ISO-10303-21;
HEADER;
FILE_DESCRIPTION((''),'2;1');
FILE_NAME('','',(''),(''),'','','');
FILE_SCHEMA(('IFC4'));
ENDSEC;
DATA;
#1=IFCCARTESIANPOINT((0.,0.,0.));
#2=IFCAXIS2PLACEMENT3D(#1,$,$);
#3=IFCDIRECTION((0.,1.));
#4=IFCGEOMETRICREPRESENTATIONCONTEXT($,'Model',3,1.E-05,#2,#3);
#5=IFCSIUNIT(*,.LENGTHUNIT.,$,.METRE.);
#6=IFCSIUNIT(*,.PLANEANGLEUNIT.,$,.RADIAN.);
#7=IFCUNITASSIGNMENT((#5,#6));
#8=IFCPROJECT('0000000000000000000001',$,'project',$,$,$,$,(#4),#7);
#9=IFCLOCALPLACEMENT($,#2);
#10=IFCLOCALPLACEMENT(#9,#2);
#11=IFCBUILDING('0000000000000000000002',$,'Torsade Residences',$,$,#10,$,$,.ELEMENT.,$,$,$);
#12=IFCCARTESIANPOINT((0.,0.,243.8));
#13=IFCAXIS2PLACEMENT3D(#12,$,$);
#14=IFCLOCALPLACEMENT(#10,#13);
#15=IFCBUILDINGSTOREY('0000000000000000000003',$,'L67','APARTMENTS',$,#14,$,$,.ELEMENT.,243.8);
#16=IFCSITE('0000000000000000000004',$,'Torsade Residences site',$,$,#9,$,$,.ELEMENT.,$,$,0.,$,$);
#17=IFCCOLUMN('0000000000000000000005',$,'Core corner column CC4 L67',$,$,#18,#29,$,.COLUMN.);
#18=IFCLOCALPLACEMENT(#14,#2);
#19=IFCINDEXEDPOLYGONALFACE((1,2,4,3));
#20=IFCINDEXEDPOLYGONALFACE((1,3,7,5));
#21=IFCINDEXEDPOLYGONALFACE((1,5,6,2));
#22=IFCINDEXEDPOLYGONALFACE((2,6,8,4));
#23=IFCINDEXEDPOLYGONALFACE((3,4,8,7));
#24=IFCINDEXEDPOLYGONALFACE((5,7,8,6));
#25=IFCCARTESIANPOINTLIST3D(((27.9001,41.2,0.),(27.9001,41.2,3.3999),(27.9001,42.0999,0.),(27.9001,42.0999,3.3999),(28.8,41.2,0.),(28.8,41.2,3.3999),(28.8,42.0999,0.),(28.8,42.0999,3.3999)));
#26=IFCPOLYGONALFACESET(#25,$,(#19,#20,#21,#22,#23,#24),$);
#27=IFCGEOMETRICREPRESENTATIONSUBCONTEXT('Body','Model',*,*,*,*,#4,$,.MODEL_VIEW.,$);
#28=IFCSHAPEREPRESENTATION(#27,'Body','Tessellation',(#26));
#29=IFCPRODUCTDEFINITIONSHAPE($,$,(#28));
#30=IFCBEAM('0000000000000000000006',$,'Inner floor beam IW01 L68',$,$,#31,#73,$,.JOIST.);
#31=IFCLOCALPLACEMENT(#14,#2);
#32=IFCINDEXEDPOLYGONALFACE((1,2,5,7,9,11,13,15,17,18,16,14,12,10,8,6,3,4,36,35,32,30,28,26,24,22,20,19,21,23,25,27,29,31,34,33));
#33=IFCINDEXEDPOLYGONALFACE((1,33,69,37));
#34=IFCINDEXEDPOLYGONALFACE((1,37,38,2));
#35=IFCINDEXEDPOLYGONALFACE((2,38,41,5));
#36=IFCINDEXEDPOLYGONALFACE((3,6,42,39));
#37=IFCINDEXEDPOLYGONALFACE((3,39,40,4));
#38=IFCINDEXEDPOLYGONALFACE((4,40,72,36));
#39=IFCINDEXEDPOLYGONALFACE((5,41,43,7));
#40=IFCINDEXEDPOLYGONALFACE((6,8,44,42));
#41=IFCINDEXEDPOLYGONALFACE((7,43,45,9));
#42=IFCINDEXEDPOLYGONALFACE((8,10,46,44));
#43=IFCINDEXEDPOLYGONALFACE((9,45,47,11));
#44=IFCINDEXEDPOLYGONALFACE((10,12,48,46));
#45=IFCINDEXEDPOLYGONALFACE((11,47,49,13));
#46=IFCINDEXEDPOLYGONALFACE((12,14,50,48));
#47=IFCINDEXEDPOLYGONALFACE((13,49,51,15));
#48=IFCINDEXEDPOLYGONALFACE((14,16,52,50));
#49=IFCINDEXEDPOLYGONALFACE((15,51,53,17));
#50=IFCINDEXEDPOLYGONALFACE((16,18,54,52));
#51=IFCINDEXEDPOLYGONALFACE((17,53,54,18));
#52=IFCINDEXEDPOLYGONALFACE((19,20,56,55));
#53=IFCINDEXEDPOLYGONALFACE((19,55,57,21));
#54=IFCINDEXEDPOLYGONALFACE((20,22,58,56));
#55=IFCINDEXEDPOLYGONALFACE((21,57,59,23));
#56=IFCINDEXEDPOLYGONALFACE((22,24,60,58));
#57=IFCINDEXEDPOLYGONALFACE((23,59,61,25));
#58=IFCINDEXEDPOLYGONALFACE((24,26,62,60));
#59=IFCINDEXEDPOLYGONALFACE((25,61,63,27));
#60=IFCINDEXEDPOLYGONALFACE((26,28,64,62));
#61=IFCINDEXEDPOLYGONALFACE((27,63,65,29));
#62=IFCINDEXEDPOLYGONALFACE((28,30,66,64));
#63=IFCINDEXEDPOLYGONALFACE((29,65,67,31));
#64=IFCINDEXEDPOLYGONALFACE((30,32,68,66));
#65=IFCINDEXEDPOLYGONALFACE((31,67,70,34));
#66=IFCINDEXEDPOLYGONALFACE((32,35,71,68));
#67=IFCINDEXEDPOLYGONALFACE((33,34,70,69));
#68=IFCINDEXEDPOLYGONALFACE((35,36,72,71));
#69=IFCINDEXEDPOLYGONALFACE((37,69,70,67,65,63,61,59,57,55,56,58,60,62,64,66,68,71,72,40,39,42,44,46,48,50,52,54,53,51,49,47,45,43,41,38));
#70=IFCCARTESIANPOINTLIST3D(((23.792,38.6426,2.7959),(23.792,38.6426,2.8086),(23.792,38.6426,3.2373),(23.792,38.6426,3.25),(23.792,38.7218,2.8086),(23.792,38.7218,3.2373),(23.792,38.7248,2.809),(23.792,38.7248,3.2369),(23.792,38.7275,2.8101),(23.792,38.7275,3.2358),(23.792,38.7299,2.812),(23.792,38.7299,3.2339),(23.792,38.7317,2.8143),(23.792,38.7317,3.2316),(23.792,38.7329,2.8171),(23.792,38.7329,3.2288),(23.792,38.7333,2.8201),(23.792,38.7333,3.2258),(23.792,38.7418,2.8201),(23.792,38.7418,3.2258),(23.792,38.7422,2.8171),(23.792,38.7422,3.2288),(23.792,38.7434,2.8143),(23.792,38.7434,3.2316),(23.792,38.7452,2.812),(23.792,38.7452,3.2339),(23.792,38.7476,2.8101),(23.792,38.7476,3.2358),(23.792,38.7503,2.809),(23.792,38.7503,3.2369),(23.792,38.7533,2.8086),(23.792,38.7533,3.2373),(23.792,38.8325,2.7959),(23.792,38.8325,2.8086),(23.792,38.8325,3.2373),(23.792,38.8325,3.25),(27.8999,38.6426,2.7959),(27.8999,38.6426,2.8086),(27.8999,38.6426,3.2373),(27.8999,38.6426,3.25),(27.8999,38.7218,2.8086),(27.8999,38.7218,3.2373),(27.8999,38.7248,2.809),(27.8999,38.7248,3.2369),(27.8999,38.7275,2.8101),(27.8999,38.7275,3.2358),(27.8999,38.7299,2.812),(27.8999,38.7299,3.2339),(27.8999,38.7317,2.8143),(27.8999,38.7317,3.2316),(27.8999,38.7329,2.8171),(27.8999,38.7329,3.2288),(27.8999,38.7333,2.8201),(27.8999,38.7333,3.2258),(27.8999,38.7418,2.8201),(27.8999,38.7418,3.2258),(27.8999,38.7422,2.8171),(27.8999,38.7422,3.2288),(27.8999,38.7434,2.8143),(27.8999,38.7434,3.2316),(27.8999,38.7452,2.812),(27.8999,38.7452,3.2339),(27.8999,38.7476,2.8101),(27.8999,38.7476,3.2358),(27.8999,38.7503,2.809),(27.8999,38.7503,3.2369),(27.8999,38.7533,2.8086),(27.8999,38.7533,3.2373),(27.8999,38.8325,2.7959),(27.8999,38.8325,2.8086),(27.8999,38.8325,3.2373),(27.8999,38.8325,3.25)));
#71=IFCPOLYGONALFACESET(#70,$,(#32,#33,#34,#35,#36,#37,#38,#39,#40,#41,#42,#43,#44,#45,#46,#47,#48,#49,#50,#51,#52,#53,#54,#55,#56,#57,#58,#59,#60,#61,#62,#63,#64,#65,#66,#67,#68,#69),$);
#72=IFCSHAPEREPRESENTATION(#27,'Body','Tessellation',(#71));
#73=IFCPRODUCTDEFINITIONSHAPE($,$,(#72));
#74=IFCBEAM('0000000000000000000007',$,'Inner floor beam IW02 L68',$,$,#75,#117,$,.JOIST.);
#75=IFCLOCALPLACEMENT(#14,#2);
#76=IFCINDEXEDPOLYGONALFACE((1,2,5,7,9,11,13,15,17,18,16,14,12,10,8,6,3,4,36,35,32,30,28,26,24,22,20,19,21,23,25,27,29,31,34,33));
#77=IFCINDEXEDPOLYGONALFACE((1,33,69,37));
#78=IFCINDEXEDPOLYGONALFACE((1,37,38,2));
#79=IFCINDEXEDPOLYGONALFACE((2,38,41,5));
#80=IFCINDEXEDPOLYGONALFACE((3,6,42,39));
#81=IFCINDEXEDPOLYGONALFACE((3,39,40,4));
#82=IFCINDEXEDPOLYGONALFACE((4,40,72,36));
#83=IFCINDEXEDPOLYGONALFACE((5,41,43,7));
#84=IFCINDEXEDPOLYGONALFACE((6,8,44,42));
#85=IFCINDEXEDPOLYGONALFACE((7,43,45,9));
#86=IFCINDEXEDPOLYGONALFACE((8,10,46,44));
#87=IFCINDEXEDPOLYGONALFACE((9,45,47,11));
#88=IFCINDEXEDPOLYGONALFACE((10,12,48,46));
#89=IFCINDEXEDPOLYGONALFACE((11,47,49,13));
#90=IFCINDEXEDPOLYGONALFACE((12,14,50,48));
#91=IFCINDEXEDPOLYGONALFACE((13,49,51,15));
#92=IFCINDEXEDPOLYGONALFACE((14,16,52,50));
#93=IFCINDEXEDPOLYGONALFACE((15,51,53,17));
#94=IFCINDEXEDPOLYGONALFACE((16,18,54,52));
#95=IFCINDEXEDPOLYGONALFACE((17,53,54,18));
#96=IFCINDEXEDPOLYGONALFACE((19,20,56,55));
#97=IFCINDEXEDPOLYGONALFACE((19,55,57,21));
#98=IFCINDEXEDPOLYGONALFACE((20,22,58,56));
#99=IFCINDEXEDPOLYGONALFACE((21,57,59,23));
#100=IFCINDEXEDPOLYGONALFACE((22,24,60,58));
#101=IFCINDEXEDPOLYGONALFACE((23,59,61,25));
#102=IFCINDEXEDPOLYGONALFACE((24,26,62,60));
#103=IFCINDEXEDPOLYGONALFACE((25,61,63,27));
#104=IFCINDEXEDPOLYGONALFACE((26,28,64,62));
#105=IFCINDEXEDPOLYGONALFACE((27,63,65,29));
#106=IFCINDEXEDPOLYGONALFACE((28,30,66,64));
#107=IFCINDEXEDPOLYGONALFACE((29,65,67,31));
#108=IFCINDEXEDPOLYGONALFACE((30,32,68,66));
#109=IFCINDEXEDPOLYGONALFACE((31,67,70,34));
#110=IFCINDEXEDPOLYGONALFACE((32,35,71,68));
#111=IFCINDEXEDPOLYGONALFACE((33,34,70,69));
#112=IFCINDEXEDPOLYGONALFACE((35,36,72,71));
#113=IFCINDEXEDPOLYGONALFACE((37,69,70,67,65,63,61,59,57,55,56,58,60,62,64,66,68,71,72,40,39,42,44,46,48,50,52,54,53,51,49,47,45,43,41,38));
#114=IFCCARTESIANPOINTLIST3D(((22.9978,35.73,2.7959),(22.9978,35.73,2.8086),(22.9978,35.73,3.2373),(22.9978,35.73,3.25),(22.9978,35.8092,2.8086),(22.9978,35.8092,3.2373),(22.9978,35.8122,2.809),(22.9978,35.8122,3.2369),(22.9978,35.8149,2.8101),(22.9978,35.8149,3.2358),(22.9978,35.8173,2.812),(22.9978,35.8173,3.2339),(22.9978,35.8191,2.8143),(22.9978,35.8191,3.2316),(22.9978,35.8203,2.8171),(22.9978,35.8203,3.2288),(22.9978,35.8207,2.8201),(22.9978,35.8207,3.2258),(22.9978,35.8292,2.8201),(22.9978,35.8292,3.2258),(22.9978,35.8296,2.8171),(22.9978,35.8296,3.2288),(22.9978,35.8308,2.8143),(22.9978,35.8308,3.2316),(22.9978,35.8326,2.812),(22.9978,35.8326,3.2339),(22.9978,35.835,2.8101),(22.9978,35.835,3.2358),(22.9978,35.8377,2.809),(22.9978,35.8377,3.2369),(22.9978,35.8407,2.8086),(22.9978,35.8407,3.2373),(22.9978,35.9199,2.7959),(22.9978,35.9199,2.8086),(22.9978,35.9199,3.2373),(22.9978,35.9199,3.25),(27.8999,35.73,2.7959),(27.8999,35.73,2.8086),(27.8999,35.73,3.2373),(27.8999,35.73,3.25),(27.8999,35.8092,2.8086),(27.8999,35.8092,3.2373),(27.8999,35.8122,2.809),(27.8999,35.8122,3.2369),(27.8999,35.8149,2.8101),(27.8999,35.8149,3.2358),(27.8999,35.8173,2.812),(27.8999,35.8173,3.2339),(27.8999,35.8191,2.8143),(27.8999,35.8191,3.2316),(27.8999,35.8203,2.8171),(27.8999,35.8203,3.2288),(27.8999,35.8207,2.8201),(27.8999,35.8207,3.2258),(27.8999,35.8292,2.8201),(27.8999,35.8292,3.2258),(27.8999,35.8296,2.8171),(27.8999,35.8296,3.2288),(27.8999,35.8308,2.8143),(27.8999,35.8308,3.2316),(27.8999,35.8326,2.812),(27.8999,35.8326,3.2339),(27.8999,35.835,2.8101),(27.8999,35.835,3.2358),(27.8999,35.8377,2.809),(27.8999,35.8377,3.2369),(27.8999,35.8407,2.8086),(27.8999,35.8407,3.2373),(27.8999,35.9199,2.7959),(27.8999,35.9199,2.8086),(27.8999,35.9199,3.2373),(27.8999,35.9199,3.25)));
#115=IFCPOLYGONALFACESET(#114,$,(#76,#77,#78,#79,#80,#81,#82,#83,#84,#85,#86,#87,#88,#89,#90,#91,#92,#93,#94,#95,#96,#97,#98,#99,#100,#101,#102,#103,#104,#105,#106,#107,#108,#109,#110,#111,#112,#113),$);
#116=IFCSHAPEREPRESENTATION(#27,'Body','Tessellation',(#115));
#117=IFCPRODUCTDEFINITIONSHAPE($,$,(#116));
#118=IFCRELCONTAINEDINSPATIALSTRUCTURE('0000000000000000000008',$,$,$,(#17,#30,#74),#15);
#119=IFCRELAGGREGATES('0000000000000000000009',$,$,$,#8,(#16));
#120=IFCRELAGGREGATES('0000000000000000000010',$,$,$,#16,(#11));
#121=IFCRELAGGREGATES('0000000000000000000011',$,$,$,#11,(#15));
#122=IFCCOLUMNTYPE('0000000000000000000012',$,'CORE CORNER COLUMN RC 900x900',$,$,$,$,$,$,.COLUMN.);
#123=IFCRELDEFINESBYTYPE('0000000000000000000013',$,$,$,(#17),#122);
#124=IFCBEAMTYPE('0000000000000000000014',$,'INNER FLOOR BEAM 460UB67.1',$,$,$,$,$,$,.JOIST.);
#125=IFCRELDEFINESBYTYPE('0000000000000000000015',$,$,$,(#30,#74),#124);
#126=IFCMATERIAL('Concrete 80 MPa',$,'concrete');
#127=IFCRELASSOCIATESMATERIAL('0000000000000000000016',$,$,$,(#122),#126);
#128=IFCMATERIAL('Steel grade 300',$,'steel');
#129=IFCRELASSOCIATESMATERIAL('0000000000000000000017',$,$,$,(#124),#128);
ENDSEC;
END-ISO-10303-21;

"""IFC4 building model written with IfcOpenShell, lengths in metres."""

from ifc_helpers import new_model, si_unit, direction, frame, origin, origin_2d, place, context, subcontext, project, spatial, rectangle, i_section, extrude, material, material_profile, profile_set, type_object, element, save


model = new_model("IFC4")

# Units and contexts
model_context = context("Model", 3, precision=1e-05, world=origin(), true_north=direction((0.0, 1.0)))
body_context = subcontext(model_context, "Body", "Model", "MODEL_VIEW")
ifc_project = project(units=[si_unit("LENGTHUNIT", "METRE"), si_unit("PLANEANGLEUNIT", "RADIAN")], contexts=[model_context])

# Site, building, storey
site_placement = place(None, origin())
site = spatial("IfcSite", under=ifc_project, at=site_placement, Name="Torsade Residences site", CompositionType="ELEMENT", RefElevation=0.0)
building_placement = place(site_placement, origin())
building = spatial("IfcBuilding", under=site, at=building_placement, Name="Torsade Residences", CompositionType="ELEMENT")
storey_placement = place(building_placement, frame((0.0, 0.0, 243.8)))
storey = spatial("IfcBuildingStorey", under=building, at=storey_placement, Name="L67", Description="APARTMENTS", CompositionType="ELEMENT", Elevation=243.8)

# Column
ifc_material_1 = material(Name="Concrete 80 MPa", Category="concrete")
ifc_material_profile_1 = material_profile(ifc_material_1, rectangle(XDim=0.8999, YDim=0.8999, at=origin_2d()), Name="RC 900x900")
ifc_profile_set_1 = profile_set([ifc_material_profile_1], Name="Concrete 80 MPa")
column_type = type_object("IfcColumnType", Name="CORE CORNER COLUMN RC 900x900", PredefinedType="COLUMN", material=ifc_profile_set_1)
column_placement = place(storey_placement, frame((28.3501, 41.6499, 0.0), z_axis=(0.0, 0.0, 1.0), x_axis=(1.0, 0.0, 0.0)))
element("IfcColumn", 1, at=column_placement, inside=storey, type_object=column_type, Name="Core corner column CC4 L67", PredefinedType="COLUMN", context=body_context, shape_type="SweptSolid", body=[
    extrude(rectangle(XDim=0.8999, YDim=0.8999, at=origin_2d()), origin(), (0.0, 0.0, 1.0), 3.3999),
])

# Beams
ifc_material_2 = material(Name="Steel grade 300", Category="steel")
ifc_material_profile_2 = material_profile(ifc_material_2, i_section(OverallWidth=0.1899, OverallDepth=0.4541, WebThickness=0.0085, FlangeThickness=0.0127, FilletRadius=0.0115, at=origin_2d()), Name="460UB67.1")
ifc_profile_set_2 = profile_set([ifc_material_profile_2], Name="Steel grade 300")
beam_type = type_object("IfcBeamType", Name="INNER FLOOR BEAM 460UB67.1", PredefinedType="JOIST", material=ifc_profile_set_2)
beam_1_placement = place(storey_placement, frame((27.8999, 38.7375, 3.0229), z_axis=(-1.0, 0.0, 0.0), x_axis=(0.0, -1.0, 0.0)))
element("IfcBeam", 2, at=beam_1_placement, inside=storey, type_object=beam_type, Name="Inner floor beam IW01 L68", PredefinedType="JOIST", context=body_context, shape_type="SweptSolid", body=[
    extrude(i_section(OverallWidth=0.1899, OverallDepth=0.4541, WebThickness=0.0085, FlangeThickness=0.0127, FilletRadius=0.0115, at=origin_2d()), origin(), (0.0, 0.0, 1.0), 4.1079),
])
beam_2_placement = place(storey_placement, frame((27.8999, 35.825, 3.0229), z_axis=(-1.0, 0.0, 0.0), x_axis=(0.0, -1.0, 0.0)))
element("IfcBeam", 3, at=beam_2_placement, inside=storey, type_object=beam_type, Name="Inner floor beam IW02 L68", PredefinedType="JOIST", context=body_context, shape_type="SweptSolid", body=[
    extrude(i_section(OverallWidth=0.1899, OverallDepth=0.4541, WebThickness=0.0085, FlangeThickness=0.0127, FilletRadius=0.0115, at=origin_2d()), origin(), (0.0, 0.0, 1.0), 4.9021),
])

save(model, "model.ifc")
